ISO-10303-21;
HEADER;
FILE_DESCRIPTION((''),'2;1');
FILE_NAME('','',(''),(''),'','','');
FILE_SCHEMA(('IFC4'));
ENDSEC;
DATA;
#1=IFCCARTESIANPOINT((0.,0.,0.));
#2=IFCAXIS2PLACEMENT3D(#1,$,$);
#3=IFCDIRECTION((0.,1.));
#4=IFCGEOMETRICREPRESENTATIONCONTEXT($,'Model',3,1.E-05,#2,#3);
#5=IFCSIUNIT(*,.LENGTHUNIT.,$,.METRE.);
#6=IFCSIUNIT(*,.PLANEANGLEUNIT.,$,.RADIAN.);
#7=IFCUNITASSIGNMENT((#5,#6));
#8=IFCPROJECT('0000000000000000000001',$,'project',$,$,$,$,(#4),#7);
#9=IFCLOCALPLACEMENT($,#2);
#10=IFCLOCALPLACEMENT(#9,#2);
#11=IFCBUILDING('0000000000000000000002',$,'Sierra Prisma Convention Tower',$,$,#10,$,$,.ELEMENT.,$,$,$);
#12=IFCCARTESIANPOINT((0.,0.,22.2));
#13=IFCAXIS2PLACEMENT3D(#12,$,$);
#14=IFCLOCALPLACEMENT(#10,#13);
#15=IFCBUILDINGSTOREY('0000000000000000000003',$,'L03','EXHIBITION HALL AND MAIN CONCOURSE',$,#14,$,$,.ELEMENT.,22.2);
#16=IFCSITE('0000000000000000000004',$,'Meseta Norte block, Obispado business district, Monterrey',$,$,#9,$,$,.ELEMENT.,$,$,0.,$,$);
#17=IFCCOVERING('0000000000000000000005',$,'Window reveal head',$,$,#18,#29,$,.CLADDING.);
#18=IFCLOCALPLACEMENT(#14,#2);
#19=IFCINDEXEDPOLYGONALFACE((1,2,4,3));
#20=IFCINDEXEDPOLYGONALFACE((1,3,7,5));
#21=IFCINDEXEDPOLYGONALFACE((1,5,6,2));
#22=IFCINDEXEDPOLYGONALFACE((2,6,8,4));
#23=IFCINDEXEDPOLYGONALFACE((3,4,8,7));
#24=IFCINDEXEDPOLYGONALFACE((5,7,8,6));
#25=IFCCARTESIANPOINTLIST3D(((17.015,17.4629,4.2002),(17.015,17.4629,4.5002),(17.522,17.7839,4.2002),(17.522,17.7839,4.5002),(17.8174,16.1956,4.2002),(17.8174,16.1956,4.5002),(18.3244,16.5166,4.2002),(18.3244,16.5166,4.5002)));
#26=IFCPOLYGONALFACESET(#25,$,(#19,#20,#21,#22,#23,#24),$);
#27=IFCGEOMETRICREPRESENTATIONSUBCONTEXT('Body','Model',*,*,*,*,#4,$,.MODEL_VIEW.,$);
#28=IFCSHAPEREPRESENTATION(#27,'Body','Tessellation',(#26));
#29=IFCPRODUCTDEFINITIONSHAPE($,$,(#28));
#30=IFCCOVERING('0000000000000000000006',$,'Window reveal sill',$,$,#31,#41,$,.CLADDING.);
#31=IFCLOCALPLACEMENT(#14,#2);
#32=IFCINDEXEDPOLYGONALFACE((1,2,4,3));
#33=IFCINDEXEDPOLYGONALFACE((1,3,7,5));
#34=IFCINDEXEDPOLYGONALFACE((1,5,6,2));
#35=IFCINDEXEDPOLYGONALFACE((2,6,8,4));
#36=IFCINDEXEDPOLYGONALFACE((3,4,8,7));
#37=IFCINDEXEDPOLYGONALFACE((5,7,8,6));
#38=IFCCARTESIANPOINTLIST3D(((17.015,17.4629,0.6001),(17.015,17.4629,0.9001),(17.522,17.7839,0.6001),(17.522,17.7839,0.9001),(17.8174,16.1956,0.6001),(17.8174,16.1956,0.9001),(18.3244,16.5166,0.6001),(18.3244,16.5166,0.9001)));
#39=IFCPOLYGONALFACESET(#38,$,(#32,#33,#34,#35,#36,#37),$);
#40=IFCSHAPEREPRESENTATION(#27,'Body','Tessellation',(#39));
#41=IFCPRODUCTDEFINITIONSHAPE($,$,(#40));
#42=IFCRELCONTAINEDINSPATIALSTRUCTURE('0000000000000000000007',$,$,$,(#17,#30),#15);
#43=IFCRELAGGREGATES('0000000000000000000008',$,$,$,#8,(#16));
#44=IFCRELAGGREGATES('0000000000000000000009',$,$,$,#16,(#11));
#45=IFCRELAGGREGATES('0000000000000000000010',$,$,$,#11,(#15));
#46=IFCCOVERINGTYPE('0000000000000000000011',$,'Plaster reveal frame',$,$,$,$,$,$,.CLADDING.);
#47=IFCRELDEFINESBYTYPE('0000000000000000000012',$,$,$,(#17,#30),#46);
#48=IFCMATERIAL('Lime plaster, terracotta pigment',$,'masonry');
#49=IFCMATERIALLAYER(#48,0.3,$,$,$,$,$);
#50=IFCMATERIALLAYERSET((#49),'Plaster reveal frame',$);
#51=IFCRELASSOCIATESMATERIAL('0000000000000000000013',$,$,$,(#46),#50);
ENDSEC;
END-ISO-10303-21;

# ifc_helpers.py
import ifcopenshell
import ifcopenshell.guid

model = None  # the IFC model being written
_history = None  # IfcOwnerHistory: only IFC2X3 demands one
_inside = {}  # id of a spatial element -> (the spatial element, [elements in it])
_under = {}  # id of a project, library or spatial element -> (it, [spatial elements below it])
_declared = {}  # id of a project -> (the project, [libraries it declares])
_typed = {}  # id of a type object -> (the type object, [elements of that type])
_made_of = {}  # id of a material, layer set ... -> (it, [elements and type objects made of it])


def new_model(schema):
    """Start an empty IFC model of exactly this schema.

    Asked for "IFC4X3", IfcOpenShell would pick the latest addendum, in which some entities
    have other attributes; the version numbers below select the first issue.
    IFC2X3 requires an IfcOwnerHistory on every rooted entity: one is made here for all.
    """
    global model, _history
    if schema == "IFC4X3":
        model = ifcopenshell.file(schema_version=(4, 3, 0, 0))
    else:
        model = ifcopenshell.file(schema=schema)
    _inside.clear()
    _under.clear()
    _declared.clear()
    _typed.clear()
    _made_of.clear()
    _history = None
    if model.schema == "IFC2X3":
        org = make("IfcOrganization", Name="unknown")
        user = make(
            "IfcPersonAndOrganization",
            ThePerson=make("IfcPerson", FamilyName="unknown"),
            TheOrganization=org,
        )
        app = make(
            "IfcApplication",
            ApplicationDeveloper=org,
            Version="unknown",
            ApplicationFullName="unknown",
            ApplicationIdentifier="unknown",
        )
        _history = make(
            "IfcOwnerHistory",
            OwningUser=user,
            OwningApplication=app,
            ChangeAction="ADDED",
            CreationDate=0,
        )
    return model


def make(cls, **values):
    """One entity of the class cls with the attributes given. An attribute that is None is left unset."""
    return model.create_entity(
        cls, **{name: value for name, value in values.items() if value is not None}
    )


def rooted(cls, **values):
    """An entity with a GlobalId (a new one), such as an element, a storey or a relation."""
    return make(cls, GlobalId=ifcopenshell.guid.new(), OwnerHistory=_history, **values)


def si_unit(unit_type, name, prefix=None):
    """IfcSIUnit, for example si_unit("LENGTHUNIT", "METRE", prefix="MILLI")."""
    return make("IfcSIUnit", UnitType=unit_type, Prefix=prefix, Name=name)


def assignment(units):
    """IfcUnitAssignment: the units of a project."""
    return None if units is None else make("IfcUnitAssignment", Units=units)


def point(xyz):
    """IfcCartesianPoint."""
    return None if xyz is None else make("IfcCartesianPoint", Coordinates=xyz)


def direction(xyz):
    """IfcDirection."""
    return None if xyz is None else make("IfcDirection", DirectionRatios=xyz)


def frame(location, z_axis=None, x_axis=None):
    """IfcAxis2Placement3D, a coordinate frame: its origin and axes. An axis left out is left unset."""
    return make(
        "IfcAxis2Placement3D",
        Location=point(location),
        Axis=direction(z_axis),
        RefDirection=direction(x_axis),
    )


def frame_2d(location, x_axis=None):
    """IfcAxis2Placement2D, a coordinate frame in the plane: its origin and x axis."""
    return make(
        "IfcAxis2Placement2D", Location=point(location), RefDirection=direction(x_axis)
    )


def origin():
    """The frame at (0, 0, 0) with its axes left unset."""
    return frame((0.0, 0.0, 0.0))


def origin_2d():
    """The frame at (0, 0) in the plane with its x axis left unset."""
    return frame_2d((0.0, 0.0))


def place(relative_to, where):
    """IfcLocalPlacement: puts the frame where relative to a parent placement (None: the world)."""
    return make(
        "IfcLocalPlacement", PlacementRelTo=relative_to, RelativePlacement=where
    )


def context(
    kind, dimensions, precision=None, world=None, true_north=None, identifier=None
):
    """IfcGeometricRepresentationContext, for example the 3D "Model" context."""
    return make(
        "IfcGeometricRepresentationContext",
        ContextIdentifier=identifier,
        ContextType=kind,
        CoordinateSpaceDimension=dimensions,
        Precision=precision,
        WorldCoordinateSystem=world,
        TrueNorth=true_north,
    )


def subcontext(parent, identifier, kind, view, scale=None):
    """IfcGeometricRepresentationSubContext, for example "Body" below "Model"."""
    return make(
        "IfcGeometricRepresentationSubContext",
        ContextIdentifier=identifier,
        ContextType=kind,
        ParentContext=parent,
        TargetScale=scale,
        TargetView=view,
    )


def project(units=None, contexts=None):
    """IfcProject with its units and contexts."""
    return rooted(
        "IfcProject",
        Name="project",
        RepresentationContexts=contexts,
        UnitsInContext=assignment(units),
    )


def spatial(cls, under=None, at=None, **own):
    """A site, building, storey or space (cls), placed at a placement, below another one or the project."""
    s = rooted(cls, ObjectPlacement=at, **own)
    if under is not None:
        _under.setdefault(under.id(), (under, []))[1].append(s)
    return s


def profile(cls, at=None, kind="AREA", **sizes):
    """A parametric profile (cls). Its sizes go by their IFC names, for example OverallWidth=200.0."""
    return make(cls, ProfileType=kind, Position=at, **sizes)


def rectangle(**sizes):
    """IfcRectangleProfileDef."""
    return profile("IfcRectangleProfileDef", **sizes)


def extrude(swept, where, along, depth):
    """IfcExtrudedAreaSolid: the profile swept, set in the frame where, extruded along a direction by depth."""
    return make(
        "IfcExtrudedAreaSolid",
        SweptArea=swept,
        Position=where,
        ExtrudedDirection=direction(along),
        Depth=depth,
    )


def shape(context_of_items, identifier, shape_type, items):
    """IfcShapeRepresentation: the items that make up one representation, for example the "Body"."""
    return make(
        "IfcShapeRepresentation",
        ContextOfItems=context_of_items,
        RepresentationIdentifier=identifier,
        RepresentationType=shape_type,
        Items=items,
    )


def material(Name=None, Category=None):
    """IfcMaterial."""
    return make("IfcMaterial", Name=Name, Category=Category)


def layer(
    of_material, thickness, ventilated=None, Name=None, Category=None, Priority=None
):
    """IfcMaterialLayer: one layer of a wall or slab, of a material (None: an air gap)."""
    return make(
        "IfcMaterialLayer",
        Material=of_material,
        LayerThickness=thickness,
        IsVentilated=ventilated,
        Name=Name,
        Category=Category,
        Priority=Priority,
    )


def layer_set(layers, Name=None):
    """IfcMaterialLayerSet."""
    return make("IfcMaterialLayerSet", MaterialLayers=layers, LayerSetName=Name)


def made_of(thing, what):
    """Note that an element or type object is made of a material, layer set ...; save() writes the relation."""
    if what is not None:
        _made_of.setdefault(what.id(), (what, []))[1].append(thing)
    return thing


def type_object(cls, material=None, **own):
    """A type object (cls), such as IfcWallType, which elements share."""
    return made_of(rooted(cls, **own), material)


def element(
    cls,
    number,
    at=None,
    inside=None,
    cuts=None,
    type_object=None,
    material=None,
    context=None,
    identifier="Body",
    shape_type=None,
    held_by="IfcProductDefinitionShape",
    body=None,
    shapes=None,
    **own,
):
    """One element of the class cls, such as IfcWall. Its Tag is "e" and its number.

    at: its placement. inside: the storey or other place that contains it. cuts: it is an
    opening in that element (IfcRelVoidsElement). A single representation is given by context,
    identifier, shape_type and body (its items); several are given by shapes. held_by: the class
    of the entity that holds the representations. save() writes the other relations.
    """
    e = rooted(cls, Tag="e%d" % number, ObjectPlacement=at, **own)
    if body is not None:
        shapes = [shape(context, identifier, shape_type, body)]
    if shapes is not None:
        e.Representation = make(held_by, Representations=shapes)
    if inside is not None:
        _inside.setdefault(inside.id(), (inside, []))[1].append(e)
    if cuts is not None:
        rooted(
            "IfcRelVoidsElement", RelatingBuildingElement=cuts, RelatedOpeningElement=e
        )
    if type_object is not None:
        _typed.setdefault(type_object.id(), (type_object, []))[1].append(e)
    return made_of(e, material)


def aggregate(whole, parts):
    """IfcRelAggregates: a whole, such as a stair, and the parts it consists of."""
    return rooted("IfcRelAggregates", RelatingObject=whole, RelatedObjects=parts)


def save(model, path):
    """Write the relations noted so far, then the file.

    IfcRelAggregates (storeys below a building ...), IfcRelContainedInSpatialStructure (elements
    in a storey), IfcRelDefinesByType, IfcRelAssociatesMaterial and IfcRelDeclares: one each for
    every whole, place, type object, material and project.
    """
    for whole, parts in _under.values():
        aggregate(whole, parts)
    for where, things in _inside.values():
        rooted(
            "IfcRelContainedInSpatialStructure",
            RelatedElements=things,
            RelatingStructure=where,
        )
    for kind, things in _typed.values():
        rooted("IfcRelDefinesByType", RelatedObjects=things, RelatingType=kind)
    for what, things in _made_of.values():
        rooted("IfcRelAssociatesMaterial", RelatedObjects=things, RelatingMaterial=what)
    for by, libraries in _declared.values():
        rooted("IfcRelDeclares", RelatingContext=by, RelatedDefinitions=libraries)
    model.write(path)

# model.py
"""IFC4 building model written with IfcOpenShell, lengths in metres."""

from ifc_helpers import new_model, si_unit, direction, frame, origin, origin_2d, place, context, subcontext, project, spatial, rectangle, extrude, material, layer, layer_set, type_object, element, save


model = new_model("IFC4")

# Units and contexts
model_context = context("Model", 3, precision=1e-05, world=origin(), true_north=direction((0.0, 1.0)))
body_context = subcontext(model_context, "Body", "Model", "MODEL_VIEW")
ifc_project = project(units=[si_unit("LENGTHUNIT", "METRE"), si_unit("PLANEANGLEUNIT", "RADIAN")], contexts=[model_context])

# Site, building, storey
site_placement = place(None, origin())
site = spatial("IfcSite", under=ifc_project, at=site_placement, Name="Meseta Norte block, Obispado business district, Monterrey", CompositionType="ELEMENT", RefElevation=0.0)
building_placement = place(site_placement, origin())
building = spatial("IfcBuilding", under=site, at=building_placement, Name="Sierra Prisma Convention Tower", CompositionType="ELEMENT")
storey_placement = place(building_placement, frame((0.0, 0.0, 22.2)))
storey = spatial("IfcBuildingStorey", under=building, at=storey_placement, Name="L03", Description="EXHIBITION HALL AND MAIN CONCOURSE", CompositionType="ELEMENT", Elevation=22.2)

# Coverings
ifc_material_1 = material(Name="Lime plaster, terracotta pigment", Category="masonry")
ifc_layer_1 = layer(ifc_material_1, 0.3)
ifc_layer_set_1 = layer_set([ifc_layer_1], Name="Plaster reveal frame")
covering_type = type_object("IfcCoveringType", Name="Plaster reveal frame", PredefinedType="CLADDING", material=ifc_layer_set_1)
for number, where, z_axis, x_axis, name in (
    (1, (17.6697, 16.9897, 4.2002), (0.0, 0.0, 1.0), (0.534914, -0.844906, 0.0), "Window reveal head"),
    (2, (17.6697, 16.9897, 0.6001), (0.0, 0.0, 1.0), (0.534914, -0.844906, 0.0), "Window reveal sill"),
):
    element("IfcCovering", number, at=place(storey_placement, frame(where, z_axis=z_axis, x_axis=x_axis)), inside=storey, type_object=covering_type, Name=name, PredefinedType="CLADDING", context=body_context, shape_type="SweptSolid", body=[
        extrude(rectangle(XDim=1.5, YDim=0.6001, at=origin_2d()), origin(), (0.0, 0.0, 1.0), 0.3),
    ])

save(model, "model.ifc")
